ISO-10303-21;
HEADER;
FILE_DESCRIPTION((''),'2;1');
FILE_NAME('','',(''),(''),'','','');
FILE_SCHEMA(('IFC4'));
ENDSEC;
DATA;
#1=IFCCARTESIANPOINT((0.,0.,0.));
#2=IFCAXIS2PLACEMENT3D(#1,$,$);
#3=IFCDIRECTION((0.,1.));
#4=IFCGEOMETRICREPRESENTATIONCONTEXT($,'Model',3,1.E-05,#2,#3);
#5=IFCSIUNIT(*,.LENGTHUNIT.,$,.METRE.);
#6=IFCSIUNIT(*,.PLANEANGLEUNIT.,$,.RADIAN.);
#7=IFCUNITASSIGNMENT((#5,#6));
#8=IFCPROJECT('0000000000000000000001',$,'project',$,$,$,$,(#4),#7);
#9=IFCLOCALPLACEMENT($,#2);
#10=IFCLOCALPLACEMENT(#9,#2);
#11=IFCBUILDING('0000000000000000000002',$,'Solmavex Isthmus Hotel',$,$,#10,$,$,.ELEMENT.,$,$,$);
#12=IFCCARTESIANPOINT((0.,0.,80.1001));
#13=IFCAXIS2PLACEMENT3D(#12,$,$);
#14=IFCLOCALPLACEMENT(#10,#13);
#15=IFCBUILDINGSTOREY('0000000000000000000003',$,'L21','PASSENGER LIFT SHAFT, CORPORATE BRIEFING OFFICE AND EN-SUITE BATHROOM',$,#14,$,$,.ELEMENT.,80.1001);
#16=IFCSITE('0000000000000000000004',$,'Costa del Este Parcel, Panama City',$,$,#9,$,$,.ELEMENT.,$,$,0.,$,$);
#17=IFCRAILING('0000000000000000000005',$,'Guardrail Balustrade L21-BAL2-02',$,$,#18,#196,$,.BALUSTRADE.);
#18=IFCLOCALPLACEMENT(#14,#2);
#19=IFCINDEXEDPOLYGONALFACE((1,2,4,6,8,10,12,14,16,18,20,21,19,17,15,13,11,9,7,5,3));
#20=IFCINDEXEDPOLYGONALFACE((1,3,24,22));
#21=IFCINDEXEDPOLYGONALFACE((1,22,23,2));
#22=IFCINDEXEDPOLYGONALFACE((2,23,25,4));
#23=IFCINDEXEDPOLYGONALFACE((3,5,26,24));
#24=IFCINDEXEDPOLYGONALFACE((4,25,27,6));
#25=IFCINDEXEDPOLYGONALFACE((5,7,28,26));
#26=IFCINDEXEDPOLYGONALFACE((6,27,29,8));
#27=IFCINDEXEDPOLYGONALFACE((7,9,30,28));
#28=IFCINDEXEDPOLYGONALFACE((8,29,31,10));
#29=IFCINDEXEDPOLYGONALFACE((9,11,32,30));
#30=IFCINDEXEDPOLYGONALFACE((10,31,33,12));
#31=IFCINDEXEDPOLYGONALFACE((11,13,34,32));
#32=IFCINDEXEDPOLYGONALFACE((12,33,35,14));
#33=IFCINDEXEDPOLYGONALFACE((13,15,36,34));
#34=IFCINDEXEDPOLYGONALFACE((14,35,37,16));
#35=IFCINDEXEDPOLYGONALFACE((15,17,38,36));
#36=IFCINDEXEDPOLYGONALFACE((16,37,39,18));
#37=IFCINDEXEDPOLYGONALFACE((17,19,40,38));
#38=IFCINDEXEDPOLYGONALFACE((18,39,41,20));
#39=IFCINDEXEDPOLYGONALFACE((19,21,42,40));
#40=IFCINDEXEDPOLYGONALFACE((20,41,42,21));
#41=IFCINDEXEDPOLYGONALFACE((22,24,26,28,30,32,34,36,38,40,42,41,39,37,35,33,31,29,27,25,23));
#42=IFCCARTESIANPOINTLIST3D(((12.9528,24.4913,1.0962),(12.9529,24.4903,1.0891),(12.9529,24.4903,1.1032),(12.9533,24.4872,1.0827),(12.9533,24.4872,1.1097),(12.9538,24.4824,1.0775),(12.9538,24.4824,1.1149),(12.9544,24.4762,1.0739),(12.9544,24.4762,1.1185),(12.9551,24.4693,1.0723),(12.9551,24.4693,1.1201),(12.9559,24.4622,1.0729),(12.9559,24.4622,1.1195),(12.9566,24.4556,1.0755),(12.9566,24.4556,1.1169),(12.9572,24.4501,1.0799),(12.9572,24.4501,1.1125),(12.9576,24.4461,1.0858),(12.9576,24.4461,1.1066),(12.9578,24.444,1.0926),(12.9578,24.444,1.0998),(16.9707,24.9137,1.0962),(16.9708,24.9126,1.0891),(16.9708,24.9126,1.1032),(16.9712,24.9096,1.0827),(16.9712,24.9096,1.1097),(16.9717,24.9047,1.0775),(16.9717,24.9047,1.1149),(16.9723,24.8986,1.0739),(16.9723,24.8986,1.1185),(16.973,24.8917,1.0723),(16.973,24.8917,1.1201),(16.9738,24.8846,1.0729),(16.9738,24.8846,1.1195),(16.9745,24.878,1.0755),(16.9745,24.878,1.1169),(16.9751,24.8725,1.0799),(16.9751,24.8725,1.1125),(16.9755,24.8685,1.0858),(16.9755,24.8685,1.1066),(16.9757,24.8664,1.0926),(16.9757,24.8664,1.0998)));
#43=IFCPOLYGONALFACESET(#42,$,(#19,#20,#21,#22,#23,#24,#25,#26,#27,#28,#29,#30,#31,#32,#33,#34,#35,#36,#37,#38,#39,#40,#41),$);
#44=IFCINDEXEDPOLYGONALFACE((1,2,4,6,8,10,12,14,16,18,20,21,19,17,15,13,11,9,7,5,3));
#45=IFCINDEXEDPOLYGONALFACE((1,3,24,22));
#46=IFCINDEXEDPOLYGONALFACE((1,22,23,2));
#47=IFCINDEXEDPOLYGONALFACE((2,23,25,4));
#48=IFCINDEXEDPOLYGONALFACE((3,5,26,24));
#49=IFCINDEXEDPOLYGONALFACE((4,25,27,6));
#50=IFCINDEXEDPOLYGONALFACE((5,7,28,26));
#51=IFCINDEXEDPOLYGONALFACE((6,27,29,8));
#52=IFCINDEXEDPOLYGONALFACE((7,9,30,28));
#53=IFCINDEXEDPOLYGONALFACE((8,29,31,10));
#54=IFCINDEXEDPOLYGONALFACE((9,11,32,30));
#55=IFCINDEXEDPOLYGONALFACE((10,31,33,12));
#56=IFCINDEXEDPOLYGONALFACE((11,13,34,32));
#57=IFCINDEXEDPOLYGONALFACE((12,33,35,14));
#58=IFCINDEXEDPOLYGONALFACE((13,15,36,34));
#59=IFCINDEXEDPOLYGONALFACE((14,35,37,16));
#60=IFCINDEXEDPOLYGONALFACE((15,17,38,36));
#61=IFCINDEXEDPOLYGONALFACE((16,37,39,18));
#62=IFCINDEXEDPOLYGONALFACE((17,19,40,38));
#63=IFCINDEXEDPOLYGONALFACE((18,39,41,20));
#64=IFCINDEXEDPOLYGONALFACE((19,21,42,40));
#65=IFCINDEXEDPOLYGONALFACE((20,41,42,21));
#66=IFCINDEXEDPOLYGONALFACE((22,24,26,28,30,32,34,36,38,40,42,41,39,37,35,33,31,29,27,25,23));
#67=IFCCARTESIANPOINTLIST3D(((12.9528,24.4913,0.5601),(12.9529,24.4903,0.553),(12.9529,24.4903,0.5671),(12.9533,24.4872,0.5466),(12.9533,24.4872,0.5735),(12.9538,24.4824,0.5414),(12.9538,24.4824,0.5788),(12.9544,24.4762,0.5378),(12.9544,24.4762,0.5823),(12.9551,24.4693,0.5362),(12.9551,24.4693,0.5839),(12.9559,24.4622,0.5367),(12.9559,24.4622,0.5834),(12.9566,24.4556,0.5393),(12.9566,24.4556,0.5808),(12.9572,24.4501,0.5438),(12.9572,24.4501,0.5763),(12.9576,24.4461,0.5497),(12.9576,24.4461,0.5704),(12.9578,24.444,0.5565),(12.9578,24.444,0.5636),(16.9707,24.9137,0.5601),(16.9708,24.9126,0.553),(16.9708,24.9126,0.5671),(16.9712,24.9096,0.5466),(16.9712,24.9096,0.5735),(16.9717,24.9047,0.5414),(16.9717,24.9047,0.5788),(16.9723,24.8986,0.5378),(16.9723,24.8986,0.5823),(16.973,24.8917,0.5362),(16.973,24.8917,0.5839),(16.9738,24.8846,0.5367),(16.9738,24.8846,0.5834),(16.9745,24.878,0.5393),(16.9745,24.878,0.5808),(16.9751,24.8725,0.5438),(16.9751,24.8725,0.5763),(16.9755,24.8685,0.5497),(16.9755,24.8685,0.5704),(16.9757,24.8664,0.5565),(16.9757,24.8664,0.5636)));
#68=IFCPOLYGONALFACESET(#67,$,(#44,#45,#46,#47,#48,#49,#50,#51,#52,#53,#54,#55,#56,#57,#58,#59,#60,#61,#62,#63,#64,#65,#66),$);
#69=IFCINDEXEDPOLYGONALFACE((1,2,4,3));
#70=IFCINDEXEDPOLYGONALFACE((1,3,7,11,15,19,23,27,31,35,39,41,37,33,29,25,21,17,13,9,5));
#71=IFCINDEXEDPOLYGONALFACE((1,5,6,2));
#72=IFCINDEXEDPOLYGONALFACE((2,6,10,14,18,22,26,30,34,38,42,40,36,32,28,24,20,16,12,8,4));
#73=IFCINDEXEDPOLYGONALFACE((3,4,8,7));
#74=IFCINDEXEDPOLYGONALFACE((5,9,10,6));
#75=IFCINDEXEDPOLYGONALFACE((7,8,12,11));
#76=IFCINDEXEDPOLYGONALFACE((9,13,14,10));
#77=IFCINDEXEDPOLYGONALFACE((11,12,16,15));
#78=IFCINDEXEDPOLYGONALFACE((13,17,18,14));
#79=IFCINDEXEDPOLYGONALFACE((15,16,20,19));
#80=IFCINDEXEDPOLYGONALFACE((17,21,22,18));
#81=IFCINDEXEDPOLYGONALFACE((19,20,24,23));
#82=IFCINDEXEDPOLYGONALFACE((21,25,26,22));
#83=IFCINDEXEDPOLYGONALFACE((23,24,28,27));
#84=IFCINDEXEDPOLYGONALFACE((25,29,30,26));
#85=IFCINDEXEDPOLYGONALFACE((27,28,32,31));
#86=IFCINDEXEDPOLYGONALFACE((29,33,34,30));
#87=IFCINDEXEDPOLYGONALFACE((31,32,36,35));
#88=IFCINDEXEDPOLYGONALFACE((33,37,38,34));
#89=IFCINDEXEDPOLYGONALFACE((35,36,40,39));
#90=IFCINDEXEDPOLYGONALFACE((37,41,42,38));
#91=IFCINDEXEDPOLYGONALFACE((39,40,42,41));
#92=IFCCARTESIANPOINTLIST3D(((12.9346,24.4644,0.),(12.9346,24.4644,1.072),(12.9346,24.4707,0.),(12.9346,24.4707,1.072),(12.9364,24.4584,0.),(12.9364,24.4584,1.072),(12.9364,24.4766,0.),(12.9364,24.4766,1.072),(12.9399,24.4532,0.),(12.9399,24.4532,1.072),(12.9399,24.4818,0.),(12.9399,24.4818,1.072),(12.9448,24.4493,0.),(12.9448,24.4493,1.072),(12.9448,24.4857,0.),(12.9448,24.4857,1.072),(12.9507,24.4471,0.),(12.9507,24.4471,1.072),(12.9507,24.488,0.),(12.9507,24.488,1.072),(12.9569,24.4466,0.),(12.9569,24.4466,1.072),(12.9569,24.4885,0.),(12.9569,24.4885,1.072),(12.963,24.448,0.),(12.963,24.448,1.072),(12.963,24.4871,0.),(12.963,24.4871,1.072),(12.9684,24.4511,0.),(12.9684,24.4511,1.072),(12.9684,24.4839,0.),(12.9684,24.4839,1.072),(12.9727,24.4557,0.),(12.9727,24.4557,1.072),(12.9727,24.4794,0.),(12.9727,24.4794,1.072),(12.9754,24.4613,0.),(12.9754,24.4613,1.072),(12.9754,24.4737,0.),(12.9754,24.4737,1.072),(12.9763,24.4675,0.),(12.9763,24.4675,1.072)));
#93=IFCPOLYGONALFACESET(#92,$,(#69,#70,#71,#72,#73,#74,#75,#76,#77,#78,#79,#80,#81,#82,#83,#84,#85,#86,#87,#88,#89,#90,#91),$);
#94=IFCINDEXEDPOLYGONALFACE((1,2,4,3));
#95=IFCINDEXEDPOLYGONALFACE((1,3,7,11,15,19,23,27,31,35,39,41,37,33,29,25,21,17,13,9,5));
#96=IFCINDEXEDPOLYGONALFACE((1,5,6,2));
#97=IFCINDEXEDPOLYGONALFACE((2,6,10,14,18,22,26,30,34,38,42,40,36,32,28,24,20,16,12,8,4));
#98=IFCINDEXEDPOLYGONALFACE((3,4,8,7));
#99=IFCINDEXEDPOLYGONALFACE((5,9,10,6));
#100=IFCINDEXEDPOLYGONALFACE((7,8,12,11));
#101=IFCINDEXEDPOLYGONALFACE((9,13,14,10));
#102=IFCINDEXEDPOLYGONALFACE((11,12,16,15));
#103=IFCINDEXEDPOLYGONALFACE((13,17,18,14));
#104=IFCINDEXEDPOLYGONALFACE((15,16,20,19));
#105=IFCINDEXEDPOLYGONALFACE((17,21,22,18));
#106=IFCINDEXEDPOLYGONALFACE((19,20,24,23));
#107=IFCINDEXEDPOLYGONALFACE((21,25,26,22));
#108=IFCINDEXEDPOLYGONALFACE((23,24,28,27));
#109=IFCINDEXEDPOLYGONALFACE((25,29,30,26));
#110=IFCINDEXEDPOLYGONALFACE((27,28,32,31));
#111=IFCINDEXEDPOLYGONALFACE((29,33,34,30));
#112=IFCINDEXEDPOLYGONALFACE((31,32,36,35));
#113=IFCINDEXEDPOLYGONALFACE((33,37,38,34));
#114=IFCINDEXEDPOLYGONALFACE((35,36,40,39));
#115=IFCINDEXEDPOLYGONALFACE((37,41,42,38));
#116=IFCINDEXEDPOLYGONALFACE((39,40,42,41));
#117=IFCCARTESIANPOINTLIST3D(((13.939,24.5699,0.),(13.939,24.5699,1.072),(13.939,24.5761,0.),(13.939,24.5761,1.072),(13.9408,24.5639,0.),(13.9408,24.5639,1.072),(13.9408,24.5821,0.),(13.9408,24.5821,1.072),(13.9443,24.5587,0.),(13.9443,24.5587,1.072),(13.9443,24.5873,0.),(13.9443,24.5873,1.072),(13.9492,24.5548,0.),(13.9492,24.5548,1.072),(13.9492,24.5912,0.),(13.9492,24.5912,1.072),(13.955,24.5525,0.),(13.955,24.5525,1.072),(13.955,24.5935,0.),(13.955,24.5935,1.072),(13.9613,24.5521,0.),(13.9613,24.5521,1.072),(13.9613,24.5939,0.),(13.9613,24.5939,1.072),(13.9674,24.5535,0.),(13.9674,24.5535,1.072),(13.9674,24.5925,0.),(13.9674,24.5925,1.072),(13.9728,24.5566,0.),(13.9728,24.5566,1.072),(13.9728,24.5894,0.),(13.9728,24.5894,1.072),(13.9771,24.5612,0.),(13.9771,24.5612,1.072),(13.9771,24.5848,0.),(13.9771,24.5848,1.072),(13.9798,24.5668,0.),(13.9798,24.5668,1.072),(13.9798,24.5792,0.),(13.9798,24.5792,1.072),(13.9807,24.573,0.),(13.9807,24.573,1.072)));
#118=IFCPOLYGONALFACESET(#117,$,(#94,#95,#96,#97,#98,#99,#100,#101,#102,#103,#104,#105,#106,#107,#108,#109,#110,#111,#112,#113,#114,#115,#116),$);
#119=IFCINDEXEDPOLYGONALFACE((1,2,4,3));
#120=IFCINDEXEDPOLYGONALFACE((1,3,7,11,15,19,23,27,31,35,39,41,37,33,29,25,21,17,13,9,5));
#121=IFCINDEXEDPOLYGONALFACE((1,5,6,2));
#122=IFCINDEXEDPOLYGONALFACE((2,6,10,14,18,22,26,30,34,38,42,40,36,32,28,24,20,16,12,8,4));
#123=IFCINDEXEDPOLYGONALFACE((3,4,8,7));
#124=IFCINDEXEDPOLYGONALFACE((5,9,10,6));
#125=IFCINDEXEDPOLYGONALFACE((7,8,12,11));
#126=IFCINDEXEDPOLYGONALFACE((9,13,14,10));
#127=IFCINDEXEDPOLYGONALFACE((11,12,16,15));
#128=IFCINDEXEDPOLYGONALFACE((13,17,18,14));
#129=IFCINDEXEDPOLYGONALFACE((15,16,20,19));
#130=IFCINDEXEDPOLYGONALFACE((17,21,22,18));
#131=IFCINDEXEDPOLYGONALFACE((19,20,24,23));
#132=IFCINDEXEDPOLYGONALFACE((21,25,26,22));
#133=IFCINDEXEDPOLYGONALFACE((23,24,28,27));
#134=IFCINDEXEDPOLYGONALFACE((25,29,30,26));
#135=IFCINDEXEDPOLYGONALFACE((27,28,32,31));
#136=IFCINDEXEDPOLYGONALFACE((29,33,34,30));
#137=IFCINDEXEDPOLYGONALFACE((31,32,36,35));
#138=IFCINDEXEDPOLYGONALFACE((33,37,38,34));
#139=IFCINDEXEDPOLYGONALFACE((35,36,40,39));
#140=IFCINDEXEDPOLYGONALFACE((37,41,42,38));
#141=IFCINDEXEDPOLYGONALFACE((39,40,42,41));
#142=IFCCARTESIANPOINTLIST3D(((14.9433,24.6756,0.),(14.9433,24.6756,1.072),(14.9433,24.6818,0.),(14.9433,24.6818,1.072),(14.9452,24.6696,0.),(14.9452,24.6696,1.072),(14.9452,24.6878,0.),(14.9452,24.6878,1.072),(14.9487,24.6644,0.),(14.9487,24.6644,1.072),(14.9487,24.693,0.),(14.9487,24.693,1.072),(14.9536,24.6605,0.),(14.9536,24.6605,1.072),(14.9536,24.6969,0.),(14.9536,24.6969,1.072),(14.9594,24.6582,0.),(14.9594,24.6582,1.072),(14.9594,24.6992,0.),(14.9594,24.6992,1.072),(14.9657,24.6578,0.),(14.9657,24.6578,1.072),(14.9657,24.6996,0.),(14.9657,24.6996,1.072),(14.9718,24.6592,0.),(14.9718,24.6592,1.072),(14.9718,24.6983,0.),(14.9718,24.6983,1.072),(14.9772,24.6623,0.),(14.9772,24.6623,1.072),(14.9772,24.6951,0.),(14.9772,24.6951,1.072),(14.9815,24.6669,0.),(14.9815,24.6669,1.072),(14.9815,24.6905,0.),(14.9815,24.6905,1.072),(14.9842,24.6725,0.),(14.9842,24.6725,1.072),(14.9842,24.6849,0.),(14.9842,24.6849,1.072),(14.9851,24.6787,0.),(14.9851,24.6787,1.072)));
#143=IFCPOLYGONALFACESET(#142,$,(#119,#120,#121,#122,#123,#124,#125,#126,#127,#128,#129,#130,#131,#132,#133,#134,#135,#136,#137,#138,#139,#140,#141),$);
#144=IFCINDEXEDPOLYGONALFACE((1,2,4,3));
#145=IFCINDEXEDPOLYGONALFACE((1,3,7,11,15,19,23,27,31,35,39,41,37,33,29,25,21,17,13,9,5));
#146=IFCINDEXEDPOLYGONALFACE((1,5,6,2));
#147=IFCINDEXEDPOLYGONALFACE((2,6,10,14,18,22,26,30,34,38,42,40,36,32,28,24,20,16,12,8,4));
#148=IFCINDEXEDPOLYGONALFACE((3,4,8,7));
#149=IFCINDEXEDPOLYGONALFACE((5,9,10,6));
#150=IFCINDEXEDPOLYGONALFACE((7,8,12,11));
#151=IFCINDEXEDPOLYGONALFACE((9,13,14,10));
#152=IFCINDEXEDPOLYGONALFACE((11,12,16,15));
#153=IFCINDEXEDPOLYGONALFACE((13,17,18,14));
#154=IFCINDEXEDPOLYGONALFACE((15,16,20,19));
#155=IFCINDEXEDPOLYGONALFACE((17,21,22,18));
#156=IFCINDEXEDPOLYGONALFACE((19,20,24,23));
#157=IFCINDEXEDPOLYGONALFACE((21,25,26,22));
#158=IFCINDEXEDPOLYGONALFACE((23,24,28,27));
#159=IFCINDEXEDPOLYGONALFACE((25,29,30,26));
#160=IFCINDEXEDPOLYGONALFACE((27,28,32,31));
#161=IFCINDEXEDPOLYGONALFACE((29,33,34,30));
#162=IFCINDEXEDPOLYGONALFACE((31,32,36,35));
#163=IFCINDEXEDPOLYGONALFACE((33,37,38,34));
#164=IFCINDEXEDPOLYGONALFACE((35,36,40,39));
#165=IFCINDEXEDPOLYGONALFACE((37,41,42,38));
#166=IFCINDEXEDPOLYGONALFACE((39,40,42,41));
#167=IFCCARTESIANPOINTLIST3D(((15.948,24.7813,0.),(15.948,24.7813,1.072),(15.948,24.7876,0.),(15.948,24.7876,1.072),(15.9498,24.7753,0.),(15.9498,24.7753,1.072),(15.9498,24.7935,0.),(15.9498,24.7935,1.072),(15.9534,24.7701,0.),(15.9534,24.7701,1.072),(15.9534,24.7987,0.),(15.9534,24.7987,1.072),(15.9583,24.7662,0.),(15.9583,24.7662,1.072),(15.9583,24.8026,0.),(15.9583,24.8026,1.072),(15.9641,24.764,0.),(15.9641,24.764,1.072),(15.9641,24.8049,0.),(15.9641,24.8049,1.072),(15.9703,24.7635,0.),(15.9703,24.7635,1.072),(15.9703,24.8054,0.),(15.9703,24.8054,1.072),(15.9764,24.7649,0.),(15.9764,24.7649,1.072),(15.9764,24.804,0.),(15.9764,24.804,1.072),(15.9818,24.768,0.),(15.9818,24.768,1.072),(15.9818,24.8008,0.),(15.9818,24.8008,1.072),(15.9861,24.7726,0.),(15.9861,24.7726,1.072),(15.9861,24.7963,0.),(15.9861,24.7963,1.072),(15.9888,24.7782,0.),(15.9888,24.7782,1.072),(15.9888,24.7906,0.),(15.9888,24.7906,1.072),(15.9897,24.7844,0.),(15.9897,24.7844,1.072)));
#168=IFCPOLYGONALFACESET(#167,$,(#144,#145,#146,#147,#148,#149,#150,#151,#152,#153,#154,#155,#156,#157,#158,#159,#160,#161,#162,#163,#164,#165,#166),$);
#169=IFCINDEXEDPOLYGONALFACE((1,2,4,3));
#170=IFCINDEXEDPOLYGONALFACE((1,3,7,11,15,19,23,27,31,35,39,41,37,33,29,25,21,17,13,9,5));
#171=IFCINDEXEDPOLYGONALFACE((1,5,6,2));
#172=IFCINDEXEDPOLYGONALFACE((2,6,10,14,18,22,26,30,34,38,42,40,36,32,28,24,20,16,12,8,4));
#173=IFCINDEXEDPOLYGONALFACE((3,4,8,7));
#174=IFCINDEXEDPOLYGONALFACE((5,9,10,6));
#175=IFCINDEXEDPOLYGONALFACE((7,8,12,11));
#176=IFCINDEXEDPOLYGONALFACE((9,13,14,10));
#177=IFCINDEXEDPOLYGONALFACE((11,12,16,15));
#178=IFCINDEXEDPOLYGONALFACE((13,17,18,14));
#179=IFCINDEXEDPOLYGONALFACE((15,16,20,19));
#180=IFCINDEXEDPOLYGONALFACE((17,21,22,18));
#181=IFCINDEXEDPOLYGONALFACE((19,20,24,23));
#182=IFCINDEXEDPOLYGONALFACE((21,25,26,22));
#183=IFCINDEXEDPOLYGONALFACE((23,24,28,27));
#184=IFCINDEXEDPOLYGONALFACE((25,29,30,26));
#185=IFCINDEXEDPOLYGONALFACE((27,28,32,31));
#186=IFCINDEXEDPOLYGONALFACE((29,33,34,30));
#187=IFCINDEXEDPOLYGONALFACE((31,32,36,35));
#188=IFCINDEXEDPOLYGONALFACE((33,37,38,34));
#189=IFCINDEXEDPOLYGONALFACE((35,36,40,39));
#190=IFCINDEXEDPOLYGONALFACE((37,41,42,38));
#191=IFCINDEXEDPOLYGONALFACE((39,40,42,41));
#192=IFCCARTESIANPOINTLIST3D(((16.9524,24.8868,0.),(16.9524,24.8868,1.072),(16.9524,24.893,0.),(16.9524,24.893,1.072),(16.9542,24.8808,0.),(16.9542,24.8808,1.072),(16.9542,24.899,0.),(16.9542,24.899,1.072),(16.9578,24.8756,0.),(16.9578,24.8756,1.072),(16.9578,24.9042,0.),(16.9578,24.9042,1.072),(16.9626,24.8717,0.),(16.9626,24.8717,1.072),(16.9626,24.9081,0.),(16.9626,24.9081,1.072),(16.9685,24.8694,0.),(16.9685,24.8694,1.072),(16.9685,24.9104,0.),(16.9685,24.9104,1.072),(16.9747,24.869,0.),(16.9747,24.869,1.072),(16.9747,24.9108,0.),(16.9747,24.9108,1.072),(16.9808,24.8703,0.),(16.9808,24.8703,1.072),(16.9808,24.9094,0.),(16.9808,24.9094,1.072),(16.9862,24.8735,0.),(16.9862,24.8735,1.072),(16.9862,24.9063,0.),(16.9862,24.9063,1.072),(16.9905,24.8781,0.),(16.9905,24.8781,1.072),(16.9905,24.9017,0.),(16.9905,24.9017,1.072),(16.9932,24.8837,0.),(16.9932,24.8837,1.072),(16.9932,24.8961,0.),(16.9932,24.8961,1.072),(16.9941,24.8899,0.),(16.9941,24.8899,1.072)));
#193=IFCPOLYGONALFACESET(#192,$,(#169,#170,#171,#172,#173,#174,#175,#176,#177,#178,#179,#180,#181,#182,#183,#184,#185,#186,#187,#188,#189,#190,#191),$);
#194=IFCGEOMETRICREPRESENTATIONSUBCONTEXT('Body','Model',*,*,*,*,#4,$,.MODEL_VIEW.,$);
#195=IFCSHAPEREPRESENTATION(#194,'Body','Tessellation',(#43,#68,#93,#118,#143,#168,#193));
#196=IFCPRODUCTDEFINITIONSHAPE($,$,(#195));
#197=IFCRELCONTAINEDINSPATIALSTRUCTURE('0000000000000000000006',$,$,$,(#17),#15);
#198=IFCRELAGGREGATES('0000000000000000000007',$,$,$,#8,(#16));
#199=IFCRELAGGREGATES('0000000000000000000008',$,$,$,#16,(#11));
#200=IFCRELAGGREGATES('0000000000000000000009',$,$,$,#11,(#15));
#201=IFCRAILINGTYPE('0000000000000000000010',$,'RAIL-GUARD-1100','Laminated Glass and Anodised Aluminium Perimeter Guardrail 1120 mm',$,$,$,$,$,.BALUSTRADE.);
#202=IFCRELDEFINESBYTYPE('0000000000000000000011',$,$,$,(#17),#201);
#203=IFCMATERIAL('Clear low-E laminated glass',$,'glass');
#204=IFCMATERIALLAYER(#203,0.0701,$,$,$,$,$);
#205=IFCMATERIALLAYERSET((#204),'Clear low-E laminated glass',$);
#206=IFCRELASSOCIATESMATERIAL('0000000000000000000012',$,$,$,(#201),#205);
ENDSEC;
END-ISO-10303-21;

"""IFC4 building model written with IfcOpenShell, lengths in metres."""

from ifc_helpers import new_model, si_unit, direction, frame, origin, origin_2d, place, context, subcontext, project, spatial, circle, extrude, material, layer, layer_set, type_object, element, save


model = new_model("IFC4")

# Units and contexts
model_context = context("Model", 3, precision=1e-05, world=origin(), true_north=direction((0.0, 1.0)))
body_context = subcontext(model_context, "Body", "Model", "MODEL_VIEW")
ifc_project = project(units=[si_unit("LENGTHUNIT", "METRE"), si_unit("PLANEANGLEUNIT", "RADIAN")], contexts=[model_context])

# Site, building, storey
site_placement = place(None, origin())
site = spatial("IfcSite", under=ifc_project, at=site_placement, Name="Costa del Este Parcel, Panama City", CompositionType="ELEMENT", RefElevation=0.0)
building_placement = place(site_placement, origin())
building = spatial("IfcBuilding", under=site, at=building_placement, Name="Solmavex Isthmus Hotel", CompositionType="ELEMENT")
storey_placement = place(building_placement, frame((0.0, 0.0, 80.1001)))
storey = spatial("IfcBuildingStorey", under=building, at=storey_placement, Name="L21", Description="PASSENGER LIFT SHAFT, CORPORATE BRIEFING OFFICE AND EN-SUITE BATHROOM", CompositionType="ELEMENT", Elevation=80.1001)

# Shared definitions
ifc_material_1 = material(Name="Clear low-E laminated glass", Category="glass")

# Railing
ifc_layer_1 = layer(ifc_material_1, 0.0701)
ifc_layer_set_1 = layer_set([ifc_layer_1], Name="Clear low-E laminated glass")
railing_type = type_object("IfcRailingType", Name="RAIL-GUARD-1100", Description="Laminated Glass and Anodised Aluminium Perimeter Guardrail 1120 mm", PredefinedType="BALUSTRADE", material=ifc_layer_set_1)
railing_1_placement = place(storey_placement, frame((12.9553, 24.4675, 0.0)))
element("IfcRailing", 1, at=railing_1_placement, inside=storey, type_object=railing_type, Name="Guardrail Balustrade L21-BAL2-02", PredefinedType="BALUSTRADE", context=body_context, shape_type="SweptSolid", body=[
    extrude(circle(Radius=0.0239, at=origin_2d()), frame((0.0, 0.0, 1.0962), z_axis=(0.99452, 0.104546, 0.0), x_axis=(-0.104546, 0.99452, 0.0)), (0.0, 0.0, 1.0), 4.04),
    extrude(circle(Radius=0.0239, at=origin_2d()), frame((0.0, 0.0, 0.5601), z_axis=(0.99452, 0.104546, 0.0), x_axis=(-0.104546, 0.99452, 0.0)), (0.0, 0.0, 1.0), 4.04),
    extrude(circle(Radius=0.021, at=origin_2d()), origin(), (0.0, 0.0, 1.0), 1.072),
    extrude(circle(Radius=0.021, at=origin_2d()), frame((1.0044, 0.1055, 0.0)), (0.0, 0.0, 1.0), 1.072),
    extrude(circle(Radius=0.021, at=origin_2d()), frame((2.0088, 0.2112, 0.0)), (0.0, 0.0, 1.0), 1.072),
    extrude(circle(Radius=0.021, at=origin_2d()), frame((3.0134, 0.3169, 0.0)), (0.0, 0.0, 1.0), 1.072),
    extrude(circle(Radius=0.021, at=origin_2d()), frame((4.0178, 0.4224, 0.0)), (0.0, 0.0, 1.0), 1.072),
])

save(model, "model.ifc")
